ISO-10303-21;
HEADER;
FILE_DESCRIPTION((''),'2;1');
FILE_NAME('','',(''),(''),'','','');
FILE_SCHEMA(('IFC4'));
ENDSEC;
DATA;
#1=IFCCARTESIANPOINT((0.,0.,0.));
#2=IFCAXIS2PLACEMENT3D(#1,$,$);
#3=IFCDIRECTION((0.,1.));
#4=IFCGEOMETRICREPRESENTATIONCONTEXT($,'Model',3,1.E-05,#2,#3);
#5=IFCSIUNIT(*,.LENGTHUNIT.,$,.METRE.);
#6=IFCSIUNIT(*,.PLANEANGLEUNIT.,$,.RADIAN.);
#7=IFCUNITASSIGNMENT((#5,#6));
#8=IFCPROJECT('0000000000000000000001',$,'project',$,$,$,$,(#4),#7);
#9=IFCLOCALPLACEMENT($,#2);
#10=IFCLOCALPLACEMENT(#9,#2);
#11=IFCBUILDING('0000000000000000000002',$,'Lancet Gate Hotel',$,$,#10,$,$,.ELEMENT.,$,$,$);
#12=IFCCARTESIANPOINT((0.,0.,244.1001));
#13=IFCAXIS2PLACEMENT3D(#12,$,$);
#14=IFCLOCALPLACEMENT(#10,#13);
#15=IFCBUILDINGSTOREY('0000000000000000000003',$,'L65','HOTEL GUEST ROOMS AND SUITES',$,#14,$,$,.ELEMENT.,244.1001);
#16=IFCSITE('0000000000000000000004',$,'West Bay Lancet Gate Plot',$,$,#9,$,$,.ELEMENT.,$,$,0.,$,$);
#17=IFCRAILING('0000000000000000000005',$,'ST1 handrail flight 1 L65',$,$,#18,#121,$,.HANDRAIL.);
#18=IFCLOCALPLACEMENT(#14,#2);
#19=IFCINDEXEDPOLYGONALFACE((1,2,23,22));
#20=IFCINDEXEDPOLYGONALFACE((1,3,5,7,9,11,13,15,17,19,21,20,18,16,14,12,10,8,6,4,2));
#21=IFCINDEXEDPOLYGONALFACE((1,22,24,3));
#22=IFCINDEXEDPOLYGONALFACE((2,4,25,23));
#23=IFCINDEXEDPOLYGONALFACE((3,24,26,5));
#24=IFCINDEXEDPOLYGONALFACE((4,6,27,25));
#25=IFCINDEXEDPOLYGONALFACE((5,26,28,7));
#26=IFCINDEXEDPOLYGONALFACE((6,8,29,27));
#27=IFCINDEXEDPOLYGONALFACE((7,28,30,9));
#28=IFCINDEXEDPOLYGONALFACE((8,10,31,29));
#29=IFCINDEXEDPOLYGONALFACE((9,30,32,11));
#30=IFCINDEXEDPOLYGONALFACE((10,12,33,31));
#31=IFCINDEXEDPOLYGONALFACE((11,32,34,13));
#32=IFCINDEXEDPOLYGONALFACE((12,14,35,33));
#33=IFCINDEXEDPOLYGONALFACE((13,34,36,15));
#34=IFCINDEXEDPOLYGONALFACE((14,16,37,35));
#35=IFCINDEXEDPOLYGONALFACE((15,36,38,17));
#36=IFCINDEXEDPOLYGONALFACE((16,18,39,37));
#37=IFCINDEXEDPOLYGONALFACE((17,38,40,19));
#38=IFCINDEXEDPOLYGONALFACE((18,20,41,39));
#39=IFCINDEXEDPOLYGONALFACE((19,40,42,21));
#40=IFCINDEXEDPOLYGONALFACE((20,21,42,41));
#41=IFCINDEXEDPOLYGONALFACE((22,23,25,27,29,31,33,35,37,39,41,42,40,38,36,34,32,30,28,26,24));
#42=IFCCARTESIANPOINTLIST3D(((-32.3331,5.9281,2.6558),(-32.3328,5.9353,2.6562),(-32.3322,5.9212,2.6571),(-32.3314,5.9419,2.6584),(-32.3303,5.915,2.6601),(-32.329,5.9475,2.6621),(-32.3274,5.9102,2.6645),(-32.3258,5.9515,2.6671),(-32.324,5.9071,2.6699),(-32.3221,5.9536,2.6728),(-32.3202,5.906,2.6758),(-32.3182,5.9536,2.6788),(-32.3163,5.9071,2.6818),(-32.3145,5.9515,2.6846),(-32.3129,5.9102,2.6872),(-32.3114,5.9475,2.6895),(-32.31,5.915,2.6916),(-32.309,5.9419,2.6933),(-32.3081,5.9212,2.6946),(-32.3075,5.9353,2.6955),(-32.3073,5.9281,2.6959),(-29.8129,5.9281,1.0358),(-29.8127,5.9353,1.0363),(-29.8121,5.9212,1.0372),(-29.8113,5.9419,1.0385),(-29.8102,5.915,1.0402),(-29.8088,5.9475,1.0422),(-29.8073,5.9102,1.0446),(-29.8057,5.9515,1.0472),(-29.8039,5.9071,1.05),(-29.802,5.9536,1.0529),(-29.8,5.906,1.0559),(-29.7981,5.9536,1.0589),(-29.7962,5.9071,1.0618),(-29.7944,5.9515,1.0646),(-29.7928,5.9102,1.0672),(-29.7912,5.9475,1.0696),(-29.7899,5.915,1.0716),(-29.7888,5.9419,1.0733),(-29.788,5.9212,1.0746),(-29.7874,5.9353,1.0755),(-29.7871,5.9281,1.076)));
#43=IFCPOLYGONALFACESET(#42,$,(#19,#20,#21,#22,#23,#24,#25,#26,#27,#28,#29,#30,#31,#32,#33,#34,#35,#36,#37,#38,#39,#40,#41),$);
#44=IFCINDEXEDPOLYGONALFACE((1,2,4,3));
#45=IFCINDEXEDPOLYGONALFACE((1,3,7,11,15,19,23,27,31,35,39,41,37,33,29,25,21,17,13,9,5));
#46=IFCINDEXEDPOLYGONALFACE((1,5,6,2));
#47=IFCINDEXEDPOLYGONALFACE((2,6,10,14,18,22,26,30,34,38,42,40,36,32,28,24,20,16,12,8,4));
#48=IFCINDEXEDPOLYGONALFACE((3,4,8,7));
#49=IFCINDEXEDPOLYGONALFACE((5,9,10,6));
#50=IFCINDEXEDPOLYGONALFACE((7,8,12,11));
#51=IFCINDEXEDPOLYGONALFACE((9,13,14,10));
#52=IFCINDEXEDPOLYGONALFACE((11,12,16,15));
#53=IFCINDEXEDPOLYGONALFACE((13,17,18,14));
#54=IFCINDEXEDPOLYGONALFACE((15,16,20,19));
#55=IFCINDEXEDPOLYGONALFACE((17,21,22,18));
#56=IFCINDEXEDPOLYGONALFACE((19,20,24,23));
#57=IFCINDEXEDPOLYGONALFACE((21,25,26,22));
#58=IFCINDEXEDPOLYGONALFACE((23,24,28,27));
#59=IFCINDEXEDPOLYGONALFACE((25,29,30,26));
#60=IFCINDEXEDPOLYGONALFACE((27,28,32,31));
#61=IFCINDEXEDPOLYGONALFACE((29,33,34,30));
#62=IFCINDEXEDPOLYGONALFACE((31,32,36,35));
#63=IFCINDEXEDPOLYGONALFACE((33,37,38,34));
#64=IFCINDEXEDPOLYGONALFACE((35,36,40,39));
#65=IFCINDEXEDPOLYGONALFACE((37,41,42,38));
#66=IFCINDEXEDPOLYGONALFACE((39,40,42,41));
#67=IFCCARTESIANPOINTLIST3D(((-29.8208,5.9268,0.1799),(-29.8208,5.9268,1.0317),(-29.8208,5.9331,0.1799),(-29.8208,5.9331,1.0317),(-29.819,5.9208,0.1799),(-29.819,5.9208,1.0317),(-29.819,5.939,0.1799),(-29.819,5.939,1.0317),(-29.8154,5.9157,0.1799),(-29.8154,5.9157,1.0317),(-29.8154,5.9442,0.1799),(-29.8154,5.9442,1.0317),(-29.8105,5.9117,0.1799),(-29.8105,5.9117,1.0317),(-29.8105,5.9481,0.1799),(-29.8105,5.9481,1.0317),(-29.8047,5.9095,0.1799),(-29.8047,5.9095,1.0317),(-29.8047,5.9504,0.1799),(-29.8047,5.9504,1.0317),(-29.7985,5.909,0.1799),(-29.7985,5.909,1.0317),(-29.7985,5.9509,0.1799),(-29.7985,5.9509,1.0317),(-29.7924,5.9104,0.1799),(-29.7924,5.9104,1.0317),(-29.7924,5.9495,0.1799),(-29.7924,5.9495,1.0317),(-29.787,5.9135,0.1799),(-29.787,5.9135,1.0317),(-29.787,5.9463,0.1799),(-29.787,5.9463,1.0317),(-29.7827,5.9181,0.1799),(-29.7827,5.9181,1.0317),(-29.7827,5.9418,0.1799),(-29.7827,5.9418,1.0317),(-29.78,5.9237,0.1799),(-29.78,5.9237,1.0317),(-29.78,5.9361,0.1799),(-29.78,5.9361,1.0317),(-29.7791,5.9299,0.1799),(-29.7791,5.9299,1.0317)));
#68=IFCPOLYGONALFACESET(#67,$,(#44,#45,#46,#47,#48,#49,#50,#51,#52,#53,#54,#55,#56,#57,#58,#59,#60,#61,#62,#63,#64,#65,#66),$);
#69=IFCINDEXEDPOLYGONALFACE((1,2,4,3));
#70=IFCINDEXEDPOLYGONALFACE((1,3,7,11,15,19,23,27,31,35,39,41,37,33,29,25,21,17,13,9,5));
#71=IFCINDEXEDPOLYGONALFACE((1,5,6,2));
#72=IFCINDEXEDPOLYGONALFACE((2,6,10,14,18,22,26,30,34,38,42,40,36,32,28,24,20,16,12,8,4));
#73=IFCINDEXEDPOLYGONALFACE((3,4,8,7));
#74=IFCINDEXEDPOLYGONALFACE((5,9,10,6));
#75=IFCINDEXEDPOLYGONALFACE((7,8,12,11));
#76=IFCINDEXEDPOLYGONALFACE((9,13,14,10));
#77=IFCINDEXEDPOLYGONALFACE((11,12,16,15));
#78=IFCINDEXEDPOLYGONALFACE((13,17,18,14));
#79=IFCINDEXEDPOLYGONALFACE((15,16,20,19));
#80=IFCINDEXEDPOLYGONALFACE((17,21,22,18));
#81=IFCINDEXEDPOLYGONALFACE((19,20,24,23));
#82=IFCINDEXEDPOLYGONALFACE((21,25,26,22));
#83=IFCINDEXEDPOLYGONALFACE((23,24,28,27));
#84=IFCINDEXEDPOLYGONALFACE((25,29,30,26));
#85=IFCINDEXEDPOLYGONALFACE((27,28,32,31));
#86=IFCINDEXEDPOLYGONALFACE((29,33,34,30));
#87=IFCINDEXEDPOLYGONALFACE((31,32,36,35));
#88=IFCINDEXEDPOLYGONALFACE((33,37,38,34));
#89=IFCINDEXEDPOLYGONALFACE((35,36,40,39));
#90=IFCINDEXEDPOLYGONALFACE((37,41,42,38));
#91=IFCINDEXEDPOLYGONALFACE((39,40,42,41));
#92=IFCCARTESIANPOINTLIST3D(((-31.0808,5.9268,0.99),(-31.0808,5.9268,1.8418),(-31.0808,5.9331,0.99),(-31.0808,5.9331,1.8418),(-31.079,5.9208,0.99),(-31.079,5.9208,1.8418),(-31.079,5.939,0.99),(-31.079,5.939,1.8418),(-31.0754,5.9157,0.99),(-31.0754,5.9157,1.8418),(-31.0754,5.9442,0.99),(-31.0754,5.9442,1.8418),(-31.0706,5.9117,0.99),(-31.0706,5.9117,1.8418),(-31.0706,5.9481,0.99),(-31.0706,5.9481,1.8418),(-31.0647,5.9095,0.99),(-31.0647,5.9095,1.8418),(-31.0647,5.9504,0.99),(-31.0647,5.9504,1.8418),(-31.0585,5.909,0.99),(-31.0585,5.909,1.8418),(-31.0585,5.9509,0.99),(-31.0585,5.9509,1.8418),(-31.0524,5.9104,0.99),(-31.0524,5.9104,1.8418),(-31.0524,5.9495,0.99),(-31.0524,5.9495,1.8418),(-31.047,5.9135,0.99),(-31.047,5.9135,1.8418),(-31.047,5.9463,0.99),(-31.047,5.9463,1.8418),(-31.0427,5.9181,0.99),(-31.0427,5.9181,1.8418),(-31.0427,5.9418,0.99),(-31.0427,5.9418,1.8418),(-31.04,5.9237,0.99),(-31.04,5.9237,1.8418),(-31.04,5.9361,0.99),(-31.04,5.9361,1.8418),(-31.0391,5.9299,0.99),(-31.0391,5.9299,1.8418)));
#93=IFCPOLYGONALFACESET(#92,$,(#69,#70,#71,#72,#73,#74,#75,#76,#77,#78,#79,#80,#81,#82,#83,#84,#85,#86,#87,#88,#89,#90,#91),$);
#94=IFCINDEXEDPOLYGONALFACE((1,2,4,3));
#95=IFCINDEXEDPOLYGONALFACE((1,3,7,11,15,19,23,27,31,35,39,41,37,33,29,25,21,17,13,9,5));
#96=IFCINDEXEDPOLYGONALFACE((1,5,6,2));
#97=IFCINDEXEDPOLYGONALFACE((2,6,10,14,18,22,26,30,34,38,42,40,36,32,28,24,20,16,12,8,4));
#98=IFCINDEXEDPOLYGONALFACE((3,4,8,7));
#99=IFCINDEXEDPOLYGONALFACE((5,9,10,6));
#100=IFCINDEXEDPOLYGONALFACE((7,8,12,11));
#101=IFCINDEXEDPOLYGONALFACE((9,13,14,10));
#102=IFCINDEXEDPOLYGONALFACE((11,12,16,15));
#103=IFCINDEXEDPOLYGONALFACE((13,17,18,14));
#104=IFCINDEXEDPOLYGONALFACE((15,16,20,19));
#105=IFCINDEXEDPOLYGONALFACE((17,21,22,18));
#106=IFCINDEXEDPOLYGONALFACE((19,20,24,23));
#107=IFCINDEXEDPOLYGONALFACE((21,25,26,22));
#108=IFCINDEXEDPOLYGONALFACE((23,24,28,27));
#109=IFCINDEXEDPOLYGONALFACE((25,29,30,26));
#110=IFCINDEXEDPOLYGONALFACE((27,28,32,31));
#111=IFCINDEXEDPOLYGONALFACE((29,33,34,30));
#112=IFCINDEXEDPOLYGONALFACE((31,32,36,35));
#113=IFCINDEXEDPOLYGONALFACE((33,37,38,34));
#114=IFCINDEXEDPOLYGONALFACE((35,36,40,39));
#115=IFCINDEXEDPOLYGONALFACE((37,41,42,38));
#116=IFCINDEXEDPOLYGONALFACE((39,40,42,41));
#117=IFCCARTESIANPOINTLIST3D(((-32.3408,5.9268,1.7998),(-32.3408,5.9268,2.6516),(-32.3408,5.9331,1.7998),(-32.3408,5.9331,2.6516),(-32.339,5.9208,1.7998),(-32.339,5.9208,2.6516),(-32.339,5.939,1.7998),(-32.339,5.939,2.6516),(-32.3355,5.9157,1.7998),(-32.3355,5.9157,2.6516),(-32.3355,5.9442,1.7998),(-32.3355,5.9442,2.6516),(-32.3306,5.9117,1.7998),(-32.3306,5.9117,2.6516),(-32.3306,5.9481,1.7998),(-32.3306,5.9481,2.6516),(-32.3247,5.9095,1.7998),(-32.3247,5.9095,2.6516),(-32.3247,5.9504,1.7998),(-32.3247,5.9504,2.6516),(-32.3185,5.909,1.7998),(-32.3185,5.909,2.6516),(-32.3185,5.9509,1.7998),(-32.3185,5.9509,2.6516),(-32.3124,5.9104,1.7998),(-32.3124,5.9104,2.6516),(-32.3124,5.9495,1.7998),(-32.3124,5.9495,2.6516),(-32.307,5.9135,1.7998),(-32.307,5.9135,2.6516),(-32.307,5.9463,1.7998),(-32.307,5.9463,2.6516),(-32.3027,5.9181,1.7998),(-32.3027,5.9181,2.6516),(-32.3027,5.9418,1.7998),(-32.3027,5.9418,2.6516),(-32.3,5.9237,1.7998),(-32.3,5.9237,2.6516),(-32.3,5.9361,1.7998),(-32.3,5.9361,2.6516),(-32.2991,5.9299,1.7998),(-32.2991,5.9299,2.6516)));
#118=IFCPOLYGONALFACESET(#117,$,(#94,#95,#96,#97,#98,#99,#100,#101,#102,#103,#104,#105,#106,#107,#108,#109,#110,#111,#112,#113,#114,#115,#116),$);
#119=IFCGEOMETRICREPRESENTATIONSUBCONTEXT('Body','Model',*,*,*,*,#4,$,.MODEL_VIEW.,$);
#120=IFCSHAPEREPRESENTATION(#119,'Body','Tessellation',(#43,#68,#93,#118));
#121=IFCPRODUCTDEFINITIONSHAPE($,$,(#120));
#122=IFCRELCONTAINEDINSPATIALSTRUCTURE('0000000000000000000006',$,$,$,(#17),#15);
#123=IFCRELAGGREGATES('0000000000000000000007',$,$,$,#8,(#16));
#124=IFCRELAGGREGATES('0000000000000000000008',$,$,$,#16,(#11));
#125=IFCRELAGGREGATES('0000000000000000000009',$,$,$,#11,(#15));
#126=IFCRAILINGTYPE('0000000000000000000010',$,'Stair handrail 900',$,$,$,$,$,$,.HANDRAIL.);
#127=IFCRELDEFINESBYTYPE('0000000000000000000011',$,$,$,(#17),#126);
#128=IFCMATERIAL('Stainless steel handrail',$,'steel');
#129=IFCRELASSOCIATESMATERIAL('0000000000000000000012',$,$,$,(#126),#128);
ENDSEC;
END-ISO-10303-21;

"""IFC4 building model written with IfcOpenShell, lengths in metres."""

from ifc_helpers import new_model, si_unit, direction, frame, origin, origin_2d, place, context, subcontext, project, spatial, circle, extrude, material, type_object, element, save


model = new_model("IFC4")

# Units and contexts
model_context = context("Model", 3, precision=1e-05, world=origin(), true_north=direction((0.0, 1.0)))
body_context = subcontext(model_context, "Body", "Model", "MODEL_VIEW")
ifc_project = project(units=[si_unit("LENGTHUNIT", "METRE"), si_unit("PLANEANGLEUNIT", "RADIAN")], contexts=[model_context])

# Site, building, storey
site_placement = place(None, origin())
site = spatial("IfcSite", under=ifc_project, at=site_placement, Name="West Bay Lancet Gate Plot", CompositionType="ELEMENT", RefElevation=0.0)
building_placement = place(site_placement, origin())
building = spatial("IfcBuilding", under=site, at=building_placement, Name="Lancet Gate Hotel", CompositionType="ELEMENT")
storey_placement = place(building_placement, frame((0.0, 0.0, 244.1001)))
storey = spatial("IfcBuildingStorey", under=building, at=storey_placement, Name="L65", Description="HOTEL GUEST ROOMS AND SUITES", CompositionType="ELEMENT", Elevation=244.1001)

# Railing
ifc_material_1 = material(Name="Stainless steel handrail", Category="steel")
railing_type = type_object("IfcRailingType", Name="Stair handrail 900", PredefinedType="HANDRAIL", material=ifc_material_1)
railing_1_placement = place(storey_placement, frame((-29.8, 5.9299, 0.1799)))
element("IfcRailing", 1, at=railing_1_placement, inside=storey, type_object=railing_type, Name="ST1 handrail flight 1 L65", PredefinedType="HANDRAIL", context=body_context, shape_type="SweptSolid", body=[
    extrude(circle(Radius=0.0239, at=origin_2d()), frame((0.0, 0.0, 0.876), z_axis=(-0.8412, 0.0, 0.540725), x_axis=(0.0, -1.0, 0.0)), (0.0, 0.0, 1.0), 2.9958),
    extrude(circle(Radius=0.021, at=origin_2d()), origin(), (0.0, 0.0, 1.0), 0.8518),
    extrude(circle(Radius=0.021, at=origin_2d()), frame((-1.26, 0.0, 0.8101)), (0.0, 0.0, 1.0), 0.8518),
    extrude(circle(Radius=0.021, at=origin_2d()), frame((-2.52, 0.0, 1.6199)), (0.0, 0.0, 1.0), 0.8518),
])

save(model, "model.ifc")
